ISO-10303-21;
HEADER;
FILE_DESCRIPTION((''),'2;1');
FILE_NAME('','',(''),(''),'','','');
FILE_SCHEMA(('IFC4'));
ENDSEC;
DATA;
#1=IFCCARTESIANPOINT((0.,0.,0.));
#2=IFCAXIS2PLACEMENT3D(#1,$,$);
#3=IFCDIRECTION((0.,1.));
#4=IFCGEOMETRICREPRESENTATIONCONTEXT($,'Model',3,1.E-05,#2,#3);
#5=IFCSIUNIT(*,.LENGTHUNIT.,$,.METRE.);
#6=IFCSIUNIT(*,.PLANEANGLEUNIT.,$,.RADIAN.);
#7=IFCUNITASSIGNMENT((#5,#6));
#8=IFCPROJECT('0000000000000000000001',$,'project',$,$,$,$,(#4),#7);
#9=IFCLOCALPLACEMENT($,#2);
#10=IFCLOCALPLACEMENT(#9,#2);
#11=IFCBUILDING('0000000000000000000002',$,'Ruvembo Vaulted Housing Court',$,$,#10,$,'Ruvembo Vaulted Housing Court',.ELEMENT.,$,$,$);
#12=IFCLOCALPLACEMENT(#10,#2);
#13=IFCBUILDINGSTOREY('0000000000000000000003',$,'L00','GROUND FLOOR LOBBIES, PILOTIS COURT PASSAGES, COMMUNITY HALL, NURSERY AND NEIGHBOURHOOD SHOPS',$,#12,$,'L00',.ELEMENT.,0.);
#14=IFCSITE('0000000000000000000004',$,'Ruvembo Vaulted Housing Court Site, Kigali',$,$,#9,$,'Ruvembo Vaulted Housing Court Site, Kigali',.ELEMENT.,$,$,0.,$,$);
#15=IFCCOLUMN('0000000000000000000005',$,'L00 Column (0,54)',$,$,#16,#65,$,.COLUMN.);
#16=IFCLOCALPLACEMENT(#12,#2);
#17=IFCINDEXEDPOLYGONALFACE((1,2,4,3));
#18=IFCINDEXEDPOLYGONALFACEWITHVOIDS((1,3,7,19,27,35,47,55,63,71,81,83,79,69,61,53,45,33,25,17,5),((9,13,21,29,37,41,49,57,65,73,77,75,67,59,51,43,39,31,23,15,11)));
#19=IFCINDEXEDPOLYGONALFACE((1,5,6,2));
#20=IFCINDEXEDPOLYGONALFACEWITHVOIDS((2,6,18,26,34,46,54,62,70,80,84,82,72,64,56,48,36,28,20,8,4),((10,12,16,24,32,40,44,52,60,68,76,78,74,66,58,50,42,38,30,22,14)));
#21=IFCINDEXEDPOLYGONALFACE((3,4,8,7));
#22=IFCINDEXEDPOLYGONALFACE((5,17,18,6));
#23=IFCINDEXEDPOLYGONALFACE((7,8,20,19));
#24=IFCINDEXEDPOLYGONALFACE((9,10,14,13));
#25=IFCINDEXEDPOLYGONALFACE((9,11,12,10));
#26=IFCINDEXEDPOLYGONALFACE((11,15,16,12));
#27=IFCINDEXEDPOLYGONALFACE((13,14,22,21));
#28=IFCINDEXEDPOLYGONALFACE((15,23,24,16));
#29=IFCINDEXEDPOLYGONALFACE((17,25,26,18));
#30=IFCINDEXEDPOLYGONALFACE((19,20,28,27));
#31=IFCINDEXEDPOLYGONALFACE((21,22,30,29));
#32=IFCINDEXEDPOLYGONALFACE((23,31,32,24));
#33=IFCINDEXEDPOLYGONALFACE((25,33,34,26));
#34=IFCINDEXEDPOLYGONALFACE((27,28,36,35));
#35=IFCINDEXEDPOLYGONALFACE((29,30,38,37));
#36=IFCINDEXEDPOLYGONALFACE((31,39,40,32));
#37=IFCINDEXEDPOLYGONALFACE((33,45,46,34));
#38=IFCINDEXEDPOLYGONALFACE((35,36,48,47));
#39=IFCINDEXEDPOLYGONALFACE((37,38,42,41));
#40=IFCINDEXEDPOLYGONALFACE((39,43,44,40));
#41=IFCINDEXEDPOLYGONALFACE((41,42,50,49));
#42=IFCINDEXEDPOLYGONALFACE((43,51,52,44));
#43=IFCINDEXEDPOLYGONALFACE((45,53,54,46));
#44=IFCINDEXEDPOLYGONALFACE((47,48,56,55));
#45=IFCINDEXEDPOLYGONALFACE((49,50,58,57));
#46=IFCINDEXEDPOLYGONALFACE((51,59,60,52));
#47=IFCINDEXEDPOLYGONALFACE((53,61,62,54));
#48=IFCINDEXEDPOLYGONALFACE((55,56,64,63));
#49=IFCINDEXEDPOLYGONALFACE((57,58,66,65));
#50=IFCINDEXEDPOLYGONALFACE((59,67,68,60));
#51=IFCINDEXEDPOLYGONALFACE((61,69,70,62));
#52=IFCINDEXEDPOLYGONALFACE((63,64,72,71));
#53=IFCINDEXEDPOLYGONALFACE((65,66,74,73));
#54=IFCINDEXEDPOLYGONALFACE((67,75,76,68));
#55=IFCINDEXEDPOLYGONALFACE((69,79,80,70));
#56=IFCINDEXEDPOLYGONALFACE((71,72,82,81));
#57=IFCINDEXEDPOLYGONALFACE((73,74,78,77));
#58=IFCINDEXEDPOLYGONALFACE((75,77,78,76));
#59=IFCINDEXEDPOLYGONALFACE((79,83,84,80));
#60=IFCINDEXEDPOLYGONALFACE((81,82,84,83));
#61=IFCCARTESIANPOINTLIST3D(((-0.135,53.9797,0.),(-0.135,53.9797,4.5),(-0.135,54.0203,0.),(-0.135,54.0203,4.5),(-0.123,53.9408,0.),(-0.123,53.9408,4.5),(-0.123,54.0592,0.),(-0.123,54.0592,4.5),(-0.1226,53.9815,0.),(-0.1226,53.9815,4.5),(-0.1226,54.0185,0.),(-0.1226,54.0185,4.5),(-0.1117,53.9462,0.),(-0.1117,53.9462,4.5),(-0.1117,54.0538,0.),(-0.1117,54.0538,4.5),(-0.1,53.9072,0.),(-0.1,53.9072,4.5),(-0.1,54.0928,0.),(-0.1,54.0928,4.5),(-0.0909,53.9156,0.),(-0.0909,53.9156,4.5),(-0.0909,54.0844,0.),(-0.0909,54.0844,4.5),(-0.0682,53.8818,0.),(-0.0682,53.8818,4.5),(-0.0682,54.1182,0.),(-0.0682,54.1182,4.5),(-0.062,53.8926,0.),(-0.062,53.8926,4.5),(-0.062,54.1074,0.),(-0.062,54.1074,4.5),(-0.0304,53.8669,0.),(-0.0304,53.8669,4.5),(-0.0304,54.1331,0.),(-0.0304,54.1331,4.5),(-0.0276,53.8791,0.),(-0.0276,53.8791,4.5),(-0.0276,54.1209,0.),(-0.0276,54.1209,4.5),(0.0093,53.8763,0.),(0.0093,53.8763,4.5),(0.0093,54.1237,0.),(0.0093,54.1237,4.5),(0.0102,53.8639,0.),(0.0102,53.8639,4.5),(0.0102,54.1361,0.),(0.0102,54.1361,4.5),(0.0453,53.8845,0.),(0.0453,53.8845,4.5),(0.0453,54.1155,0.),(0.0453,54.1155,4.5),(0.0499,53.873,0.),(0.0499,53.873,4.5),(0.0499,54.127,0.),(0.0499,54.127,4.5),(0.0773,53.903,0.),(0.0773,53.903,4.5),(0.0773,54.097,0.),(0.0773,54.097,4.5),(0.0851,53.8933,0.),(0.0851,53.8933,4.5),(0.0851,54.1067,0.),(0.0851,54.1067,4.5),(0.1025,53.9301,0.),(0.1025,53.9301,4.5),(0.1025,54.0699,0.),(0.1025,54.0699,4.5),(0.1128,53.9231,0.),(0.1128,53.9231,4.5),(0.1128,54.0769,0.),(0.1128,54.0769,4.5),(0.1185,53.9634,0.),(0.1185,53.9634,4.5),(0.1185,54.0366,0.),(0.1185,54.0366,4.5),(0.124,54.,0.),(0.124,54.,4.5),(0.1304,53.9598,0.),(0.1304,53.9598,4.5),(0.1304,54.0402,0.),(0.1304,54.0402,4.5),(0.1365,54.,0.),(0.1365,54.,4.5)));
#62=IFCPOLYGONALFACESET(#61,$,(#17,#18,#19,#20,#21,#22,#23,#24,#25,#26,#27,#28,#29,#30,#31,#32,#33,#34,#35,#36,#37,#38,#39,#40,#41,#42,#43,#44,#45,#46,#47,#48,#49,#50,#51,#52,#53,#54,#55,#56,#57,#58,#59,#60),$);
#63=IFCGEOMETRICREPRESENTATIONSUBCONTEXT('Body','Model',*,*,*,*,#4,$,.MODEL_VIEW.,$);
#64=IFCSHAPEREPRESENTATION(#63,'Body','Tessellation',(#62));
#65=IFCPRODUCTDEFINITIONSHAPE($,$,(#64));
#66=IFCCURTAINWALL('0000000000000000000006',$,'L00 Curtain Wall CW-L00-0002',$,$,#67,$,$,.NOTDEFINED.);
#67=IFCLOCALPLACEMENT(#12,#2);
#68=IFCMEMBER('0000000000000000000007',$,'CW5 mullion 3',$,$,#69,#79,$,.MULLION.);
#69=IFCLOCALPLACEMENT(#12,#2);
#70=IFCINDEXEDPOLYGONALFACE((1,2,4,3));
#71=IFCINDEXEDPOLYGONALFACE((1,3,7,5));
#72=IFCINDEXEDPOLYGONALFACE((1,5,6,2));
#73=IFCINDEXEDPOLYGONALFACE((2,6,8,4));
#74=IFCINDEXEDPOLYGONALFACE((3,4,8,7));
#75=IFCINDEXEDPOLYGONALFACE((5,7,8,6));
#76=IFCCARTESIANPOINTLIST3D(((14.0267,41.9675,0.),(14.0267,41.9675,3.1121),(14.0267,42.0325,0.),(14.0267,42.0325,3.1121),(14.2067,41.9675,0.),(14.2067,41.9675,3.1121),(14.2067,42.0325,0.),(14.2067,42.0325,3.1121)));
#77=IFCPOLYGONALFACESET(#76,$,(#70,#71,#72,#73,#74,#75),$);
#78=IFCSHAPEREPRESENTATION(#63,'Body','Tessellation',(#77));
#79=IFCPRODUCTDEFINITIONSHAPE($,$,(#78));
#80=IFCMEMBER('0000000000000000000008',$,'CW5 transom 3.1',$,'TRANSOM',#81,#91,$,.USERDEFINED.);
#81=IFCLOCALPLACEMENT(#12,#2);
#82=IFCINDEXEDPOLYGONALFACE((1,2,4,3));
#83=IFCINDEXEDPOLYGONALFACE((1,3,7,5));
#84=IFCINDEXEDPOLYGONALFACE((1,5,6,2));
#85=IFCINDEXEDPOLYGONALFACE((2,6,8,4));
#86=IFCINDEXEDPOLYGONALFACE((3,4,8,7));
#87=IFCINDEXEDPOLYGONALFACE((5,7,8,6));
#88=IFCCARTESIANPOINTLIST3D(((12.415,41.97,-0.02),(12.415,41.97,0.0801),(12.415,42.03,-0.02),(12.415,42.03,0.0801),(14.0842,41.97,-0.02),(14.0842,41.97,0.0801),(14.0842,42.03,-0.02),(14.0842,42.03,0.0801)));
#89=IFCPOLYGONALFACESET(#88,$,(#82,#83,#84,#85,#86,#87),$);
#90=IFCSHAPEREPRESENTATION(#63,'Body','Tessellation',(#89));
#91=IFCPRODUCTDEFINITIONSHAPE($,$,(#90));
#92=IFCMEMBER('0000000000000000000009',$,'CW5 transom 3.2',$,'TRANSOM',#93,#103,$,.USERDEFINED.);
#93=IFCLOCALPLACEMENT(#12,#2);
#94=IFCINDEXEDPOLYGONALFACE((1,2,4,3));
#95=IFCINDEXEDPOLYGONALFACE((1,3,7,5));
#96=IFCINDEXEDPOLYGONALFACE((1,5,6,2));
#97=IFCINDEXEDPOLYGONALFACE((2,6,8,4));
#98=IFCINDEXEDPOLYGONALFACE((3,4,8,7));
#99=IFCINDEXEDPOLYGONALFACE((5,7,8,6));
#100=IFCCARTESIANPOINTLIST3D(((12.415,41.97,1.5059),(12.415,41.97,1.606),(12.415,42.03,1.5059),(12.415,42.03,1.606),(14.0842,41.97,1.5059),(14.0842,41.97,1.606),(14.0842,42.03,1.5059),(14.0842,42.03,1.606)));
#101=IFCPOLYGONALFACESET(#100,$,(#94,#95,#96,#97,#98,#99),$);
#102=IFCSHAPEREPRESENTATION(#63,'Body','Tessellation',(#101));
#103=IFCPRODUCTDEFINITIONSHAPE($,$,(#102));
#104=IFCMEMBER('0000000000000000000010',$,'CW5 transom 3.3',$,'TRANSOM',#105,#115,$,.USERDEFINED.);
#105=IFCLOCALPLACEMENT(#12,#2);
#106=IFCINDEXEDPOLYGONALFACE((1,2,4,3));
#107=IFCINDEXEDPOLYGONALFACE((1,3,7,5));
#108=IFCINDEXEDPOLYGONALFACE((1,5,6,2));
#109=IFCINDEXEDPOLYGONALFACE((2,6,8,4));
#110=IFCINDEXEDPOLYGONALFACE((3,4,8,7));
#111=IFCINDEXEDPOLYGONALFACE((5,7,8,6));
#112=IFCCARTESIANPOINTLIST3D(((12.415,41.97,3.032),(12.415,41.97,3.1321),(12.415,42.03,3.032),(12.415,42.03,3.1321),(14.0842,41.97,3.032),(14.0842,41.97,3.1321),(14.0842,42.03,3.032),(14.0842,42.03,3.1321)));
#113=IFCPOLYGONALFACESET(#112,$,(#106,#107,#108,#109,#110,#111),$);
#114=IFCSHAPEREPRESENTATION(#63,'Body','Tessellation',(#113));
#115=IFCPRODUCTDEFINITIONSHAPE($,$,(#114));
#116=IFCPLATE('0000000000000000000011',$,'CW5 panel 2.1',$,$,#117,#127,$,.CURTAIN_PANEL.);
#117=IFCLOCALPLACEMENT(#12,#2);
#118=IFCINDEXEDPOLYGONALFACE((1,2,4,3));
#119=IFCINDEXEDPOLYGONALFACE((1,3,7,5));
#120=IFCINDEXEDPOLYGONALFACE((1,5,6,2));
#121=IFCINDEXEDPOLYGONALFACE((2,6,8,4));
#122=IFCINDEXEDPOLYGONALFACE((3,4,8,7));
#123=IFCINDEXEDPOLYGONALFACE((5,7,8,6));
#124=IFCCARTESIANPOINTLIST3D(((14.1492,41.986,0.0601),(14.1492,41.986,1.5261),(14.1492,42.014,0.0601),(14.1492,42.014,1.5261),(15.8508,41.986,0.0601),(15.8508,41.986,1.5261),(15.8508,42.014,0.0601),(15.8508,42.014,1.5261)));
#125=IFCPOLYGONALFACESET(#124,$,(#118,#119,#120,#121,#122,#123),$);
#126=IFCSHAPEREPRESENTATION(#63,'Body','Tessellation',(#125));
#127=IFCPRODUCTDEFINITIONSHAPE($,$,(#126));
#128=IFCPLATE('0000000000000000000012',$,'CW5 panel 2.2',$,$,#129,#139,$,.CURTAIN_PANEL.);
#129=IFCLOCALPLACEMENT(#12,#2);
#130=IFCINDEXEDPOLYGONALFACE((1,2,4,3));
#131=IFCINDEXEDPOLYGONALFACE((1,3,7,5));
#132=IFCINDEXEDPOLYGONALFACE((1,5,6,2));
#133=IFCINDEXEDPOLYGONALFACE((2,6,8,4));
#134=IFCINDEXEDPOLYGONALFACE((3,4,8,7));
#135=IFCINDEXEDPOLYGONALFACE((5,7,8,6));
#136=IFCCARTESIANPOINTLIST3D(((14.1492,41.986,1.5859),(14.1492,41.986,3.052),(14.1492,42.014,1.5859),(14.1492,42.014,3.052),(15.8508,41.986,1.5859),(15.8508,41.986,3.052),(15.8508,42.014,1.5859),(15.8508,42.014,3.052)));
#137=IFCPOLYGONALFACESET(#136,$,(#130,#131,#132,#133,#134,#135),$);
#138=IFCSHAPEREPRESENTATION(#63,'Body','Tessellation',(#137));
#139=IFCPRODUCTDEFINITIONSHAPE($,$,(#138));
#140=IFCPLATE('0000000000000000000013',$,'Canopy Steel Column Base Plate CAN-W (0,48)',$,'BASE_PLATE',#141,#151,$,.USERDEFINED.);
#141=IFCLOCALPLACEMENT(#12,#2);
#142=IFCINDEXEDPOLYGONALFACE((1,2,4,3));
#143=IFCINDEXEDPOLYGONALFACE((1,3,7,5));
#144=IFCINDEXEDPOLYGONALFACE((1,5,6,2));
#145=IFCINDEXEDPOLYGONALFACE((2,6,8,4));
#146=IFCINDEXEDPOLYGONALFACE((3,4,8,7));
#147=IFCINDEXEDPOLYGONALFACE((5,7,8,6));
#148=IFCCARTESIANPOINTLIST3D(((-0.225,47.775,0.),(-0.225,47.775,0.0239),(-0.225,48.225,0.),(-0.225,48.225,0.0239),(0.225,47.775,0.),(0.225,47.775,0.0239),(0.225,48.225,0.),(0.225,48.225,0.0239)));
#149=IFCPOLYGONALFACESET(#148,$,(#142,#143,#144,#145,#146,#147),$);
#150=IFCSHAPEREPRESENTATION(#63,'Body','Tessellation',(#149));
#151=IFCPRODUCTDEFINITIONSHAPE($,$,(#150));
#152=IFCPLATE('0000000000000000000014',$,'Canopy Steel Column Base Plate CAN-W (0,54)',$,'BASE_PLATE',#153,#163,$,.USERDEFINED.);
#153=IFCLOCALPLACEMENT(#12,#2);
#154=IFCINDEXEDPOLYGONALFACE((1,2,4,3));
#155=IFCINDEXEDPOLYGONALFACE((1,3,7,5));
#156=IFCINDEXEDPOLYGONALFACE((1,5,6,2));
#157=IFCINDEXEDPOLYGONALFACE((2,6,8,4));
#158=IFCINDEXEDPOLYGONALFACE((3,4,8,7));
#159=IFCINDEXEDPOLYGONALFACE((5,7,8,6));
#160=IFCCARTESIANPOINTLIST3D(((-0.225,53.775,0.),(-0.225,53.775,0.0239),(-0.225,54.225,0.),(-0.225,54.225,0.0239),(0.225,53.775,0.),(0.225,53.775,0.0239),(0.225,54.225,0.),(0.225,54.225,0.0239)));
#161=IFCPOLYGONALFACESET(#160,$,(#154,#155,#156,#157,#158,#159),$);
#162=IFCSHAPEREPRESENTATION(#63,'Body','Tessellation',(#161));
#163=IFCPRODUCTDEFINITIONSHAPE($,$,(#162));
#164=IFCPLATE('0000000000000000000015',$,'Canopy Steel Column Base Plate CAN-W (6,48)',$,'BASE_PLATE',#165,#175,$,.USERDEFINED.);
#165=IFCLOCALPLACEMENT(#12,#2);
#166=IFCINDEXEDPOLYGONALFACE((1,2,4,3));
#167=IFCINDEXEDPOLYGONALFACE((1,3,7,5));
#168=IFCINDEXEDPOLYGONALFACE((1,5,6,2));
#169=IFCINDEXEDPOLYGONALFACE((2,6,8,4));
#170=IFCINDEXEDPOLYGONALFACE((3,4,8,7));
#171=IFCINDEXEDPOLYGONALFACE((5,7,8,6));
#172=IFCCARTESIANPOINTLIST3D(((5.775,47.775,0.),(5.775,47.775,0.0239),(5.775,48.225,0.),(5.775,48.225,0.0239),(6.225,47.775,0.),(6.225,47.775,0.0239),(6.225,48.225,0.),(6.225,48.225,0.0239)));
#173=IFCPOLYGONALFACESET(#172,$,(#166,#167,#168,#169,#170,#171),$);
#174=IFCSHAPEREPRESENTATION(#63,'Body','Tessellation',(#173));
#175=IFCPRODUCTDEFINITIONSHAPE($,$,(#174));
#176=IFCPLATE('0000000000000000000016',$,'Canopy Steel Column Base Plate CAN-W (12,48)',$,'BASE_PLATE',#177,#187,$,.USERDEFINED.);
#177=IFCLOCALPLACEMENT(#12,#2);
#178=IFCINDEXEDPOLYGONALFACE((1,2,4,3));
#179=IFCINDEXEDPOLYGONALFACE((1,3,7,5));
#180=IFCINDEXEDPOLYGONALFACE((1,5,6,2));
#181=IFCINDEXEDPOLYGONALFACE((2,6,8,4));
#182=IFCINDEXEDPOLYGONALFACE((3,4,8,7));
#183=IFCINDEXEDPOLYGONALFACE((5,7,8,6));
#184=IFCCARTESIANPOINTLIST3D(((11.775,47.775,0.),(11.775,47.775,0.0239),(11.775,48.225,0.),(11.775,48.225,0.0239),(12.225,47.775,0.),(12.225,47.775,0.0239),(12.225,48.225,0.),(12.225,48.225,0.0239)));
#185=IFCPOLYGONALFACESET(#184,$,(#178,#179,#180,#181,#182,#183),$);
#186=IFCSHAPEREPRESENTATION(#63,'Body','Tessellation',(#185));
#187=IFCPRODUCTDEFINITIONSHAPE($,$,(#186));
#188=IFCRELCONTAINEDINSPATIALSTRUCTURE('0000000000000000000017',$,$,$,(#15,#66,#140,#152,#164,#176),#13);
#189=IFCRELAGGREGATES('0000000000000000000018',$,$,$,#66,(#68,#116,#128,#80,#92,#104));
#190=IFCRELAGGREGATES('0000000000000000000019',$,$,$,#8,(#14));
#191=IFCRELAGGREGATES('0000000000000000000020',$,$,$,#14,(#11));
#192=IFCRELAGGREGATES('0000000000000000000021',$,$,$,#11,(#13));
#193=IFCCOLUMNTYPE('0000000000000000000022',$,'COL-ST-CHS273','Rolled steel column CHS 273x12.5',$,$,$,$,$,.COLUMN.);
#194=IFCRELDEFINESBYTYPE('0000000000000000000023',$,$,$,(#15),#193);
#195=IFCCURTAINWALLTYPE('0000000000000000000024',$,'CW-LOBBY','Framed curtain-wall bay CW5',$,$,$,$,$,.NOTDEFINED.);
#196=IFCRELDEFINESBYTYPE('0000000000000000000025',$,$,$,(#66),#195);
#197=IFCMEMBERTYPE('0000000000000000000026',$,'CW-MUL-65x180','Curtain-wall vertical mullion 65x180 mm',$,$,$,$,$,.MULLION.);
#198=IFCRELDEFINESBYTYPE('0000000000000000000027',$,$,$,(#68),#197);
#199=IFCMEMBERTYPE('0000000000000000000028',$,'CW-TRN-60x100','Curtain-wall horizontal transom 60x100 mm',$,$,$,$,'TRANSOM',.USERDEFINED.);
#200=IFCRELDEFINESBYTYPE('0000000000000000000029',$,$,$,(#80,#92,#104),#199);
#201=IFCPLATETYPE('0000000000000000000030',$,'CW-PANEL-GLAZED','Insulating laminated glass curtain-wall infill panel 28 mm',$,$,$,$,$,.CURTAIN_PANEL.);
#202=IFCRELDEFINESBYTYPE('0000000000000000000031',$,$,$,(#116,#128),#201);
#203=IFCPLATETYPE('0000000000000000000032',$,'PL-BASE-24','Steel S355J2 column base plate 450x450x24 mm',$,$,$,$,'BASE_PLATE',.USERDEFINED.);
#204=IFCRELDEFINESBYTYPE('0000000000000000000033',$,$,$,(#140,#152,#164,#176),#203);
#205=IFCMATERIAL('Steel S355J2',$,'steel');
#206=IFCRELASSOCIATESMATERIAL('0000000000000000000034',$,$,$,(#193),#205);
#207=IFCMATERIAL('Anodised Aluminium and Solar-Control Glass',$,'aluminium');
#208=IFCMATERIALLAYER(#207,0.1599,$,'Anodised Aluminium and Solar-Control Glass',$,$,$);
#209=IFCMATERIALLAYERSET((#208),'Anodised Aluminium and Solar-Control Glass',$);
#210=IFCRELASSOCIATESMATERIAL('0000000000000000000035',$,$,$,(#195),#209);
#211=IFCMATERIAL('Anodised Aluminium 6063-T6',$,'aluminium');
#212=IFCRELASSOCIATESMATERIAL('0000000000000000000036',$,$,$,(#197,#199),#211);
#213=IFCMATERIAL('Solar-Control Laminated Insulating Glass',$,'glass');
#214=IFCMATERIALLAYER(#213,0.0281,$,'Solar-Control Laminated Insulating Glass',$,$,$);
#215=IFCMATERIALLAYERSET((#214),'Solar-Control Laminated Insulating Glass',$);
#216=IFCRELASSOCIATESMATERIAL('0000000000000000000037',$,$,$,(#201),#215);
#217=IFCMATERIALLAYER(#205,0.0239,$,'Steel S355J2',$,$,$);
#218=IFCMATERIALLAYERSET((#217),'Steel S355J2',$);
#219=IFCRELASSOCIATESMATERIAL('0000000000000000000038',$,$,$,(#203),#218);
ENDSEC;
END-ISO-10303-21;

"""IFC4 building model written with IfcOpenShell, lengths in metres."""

from ifc_helpers import new_model, si_unit, direction, frame, origin, origin_2d, place, context, subcontext, project, spatial, rectangle, hollow_circle, extrude, material, layer, layer_set, material_profile, profile_set, type_object, element, aggregate, save


model = new_model("IFC4")

# Units and contexts
model_context = context("Model", 3, precision=1e-05, world=origin(), true_north=direction((0.0, 1.0)))
body_context = subcontext(model_context, "Body", "Model", "MODEL_VIEW")
ifc_project = project(units=[si_unit("LENGTHUNIT", "METRE"), si_unit("PLANEANGLEUNIT", "RADIAN")], contexts=[model_context])

# Site, building, storey
site_placement = place(None, origin())
site = spatial("IfcSite", under=ifc_project, at=site_placement, Name="Ruvembo Vaulted Housing Court Site, Kigali", LongName="Ruvembo Vaulted Housing Court Site, Kigali", CompositionType="ELEMENT", RefElevation=0.0)
building_placement = place(site_placement, origin())
building = spatial("IfcBuilding", under=site, at=building_placement, Name="Ruvembo Vaulted Housing Court", LongName="Ruvembo Vaulted Housing Court", CompositionType="ELEMENT")
storey_placement = place(building_placement, origin())
storey = spatial("IfcBuildingStorey", under=building, at=storey_placement, Name="L00", Description="GROUND FLOOR LOBBIES, PILOTIS COURT PASSAGES, COMMUNITY HALL, NURSERY AND NEIGHBOURHOOD SHOPS", LongName="L00", CompositionType="ELEMENT", Elevation=0.0)

# Column
ifc_material_1 = material(Name="Steel S355J2", Category="steel")
ifc_material_profile_1 = material_profile(ifc_material_1, hollow_circle(Radius=0.1365, WallThickness=0.0125, at=origin_2d()), Name="CHS 273x12.5")
ifc_profile_set_1 = profile_set([ifc_material_profile_1], Name="Steel S355J2")
column_type_1 = type_object("IfcColumnType", Name="COL-ST-CHS273", Description="Rolled steel column CHS 273x12.5", PredefinedType="COLUMN", material=ifc_profile_set_1)
for number, where, z_axis, x_axis, name in (
    (1, (0.0, 54.0, 0.0), (0.0, 0.0, 1.0), (1.0, 0.0, 0.0), "L00 Column (0,54)"),
):
    element("IfcColumn", number, at=place(storey_placement, frame(where, z_axis=z_axis, x_axis=x_axis)), inside=storey, type_object=column_type_1, Name=name, PredefinedType="COLUMN", context=body_context, shape_type="SweptSolid", body=[
        extrude(hollow_circle(Radius=0.1365, WallThickness=0.0125, at=origin_2d()), origin(), (0.0, 0.0, 1.0), 4.5),
    ])

# Curtain wall, members, plates
ifc_material_2 = material(Name="Anodised Aluminium and Solar-Control Glass", Category="aluminium")
ifc_layer_1 = layer(ifc_material_2, 0.1599, Name="Anodised Aluminium and Solar-Control Glass")
ifc_layer_set_1 = layer_set([ifc_layer_1], Name="Anodised Aluminium and Solar-Control Glass")
curtain_wall_type = type_object("IfcCurtainWallType", Name="CW-LOBBY", Description="Framed curtain-wall bay CW5", PredefinedType="NOTDEFINED", material=ifc_layer_set_1)
curtain_wall_placement = place(storey_placement, origin())
curtain_wall = element("IfcCurtainWall", 2, at=curtain_wall_placement, inside=storey, type_object=curtain_wall_type, Name="L00 Curtain Wall CW-L00-0002", PredefinedType="NOTDEFINED")
ifc_material_3 = material(Name="Anodised Aluminium 6063-T6", Category="aluminium")
ifc_material_profile_2 = material_profile(ifc_material_3, rectangle(XDim=0.0649, YDim=0.1799, at=origin_2d()), Name="ALU 65x180")
ifc_profile_set_2 = profile_set([ifc_material_profile_2], Name="Anodised Aluminium 6063-T6")
member_type_1 = type_object("IfcMemberType", Name="CW-MUL-65x180", Description="Curtain-wall vertical mullion 65x180 mm", PredefinedType="MULLION", material=ifc_profile_set_2)
member_1_placement = place(storey_placement, frame((14.1167, 42.0, 0.0), z_axis=(0.0, 0.0, 1.0), x_axis=(0.0, -1.0, 0.0)))
member_1 = element("IfcMember", 3, at=member_1_placement, type_object=member_type_1, Name="CW5 mullion 3", PredefinedType="MULLION", context=body_context, shape_type="SweptSolid", body=[
    extrude(rectangle(XDim=0.0649, YDim=0.1799, at=origin_2d()), origin(), (0.0, 0.0, 1.0), 3.1121),
])
ifc_material_profile_3 = material_profile(ifc_material_3, rectangle(XDim=0.0601, YDim=0.1001, at=origin_2d()), Name="ALU 60x100")
ifc_profile_set_3 = profile_set([ifc_material_profile_3], Name="Anodised Aluminium 6063-T6")
member_type_2 = type_object("IfcMemberType", Name="CW-TRN-60x100", Description="Curtain-wall horizontal transom 60x100 mm", ElementType="TRANSOM", PredefinedType="USERDEFINED", material=ifc_profile_set_3)
member_2_placement = place(storey_placement, frame((14.0842, 42.0, 0.03), z_axis=(-1.0, 0.0, 0.0), x_axis=(0.0, -1.0, 0.0)))
member_2 = element("IfcMember", 4, at=member_2_placement, type_object=member_type_2, Name="CW5 transom 3.1", ObjectType="TRANSOM", PredefinedType="USERDEFINED", context=body_context, shape_type="SweptSolid", body=[
    extrude(rectangle(XDim=0.0601, YDim=0.1001, at=origin_2d()), origin(), (0.0, 0.0, 1.0), 1.6692),
])
member_3_placement = place(storey_placement, frame((14.0842, 42.0, 1.5559), z_axis=(-1.0, 0.0, 0.0), x_axis=(0.0, -1.0, 0.0)))
member_3 = element("IfcMember", 5, at=member_3_placement, type_object=member_type_2, Name="CW5 transom 3.2", ObjectType="TRANSOM", PredefinedType="USERDEFINED", context=body_context, shape_type="SweptSolid", body=[
    extrude(rectangle(XDim=0.0601, YDim=0.1001, at=origin_2d()), origin(), (0.0, 0.0, 1.0), 1.6692),
])
member_4_placement = place(storey_placement, frame((14.0842, 42.0, 3.082), z_axis=(-1.0, 0.0, 0.0), x_axis=(0.0, -1.0, 0.0)))
member_4 = element("IfcMember", 6, at=member_4_placement, type_object=member_type_2, Name="CW5 transom 3.3", ObjectType="TRANSOM", PredefinedType="USERDEFINED", context=body_context, shape_type="SweptSolid", body=[
    extrude(rectangle(XDim=0.0601, YDim=0.1001, at=origin_2d()), origin(), (0.0, 0.0, 1.0), 1.6692),
])
ifc_material_4 = material(Name="Solar-Control Laminated Insulating Glass", Category="glass")
ifc_layer_2 = layer(ifc_material_4, 0.0281, Name="Solar-Control Laminated Insulating Glass")
ifc_layer_set_2 = layer_set([ifc_layer_2], Name="Solar-Control Laminated Insulating Glass")
plate_type_1 = type_object("IfcPlateType", Name="CW-PANEL-GLAZED", Description="Insulating laminated glass curtain-wall infill panel 28 mm", PredefinedType="CURTAIN_PANEL", material=ifc_layer_set_2)
plate_1_placement = place(storey_placement, frame((15.0, 42.0, 0.0601), z_axis=(0.0, 0.0, 1.0), x_axis=(-1.0, 0.0, 0.0)))
plate_1 = element("IfcPlate", 7, at=plate_1_placement, type_object=plate_type_1, Name="CW5 panel 2.1", PredefinedType="CURTAIN_PANEL", context=body_context, shape_type="SweptSolid", body=[
    extrude(rectangle(XDim=1.7017, YDim=0.0281, at=origin_2d()), origin(), (0.0, 0.0, 1.0), 1.4661),
])
plate_2_placement = place(storey_placement, frame((15.0, 42.0, 1.5859), z_axis=(0.0, 0.0, 1.0), x_axis=(-1.0, 0.0, 0.0)))
plate_2 = element("IfcPlate", 8, at=plate_2_placement, type_object=plate_type_1, Name="CW5 panel 2.2", PredefinedType="CURTAIN_PANEL", context=body_context, shape_type="SweptSolid", body=[
    extrude(rectangle(XDim=1.7017, YDim=0.0281, at=origin_2d()), origin(), (0.0, 0.0, 1.0), 1.4661),
])
aggregate(curtain_wall, [member_1, plate_1, plate_2, member_2, member_3, member_4])

# Plates
ifc_layer_3 = layer(ifc_material_1, 0.0239, Name="Steel S355J2")
ifc_layer_set_3 = layer_set([ifc_layer_3], Name="Steel S355J2")
plate_type_2 = type_object("IfcPlateType", Name="PL-BASE-24", Description="Steel S355J2 column base plate 450x450x24 mm", ElementType="BASE_PLATE", PredefinedType="USERDEFINED", material=ifc_layer_set_3)
for number, where, z_axis, x_axis, name in (
    (9, (0.0, 48.0, 0.0), (0.0, 0.0, 1.0), (1.0, 0.0, 0.0), "Canopy Steel Column Base Plate CAN-W (0,48)"),
    (10, (0.0, 54.0, 0.0), (0.0, 0.0, 1.0), (1.0, 0.0, 0.0), "Canopy Steel Column Base Plate CAN-W (0,54)"),
    (11, (6.0, 48.0, 0.0), (0.0, 0.0, 1.0), (1.0, 0.0, 0.0), "Canopy Steel Column Base Plate CAN-W (6,48)"),
    (12, (12.0, 48.0, 0.0), (0.0, 0.0, 1.0), (1.0, 0.0, 0.0), "Canopy Steel Column Base Plate CAN-W (12,48)"),
):
    element("IfcPlate", number, at=place(storey_placement, frame(where, z_axis=z_axis, x_axis=x_axis)), inside=storey, type_object=plate_type_2, Name=name, ObjectType="BASE_PLATE", PredefinedType="USERDEFINED", context=body_context, shape_type="SweptSolid", body=[
        extrude(rectangle(XDim=0.45, YDim=0.45, at=origin_2d()), origin(), (0.0, 0.0, 1.0), 0.0239),
    ])

save(model, "model.ifc")
